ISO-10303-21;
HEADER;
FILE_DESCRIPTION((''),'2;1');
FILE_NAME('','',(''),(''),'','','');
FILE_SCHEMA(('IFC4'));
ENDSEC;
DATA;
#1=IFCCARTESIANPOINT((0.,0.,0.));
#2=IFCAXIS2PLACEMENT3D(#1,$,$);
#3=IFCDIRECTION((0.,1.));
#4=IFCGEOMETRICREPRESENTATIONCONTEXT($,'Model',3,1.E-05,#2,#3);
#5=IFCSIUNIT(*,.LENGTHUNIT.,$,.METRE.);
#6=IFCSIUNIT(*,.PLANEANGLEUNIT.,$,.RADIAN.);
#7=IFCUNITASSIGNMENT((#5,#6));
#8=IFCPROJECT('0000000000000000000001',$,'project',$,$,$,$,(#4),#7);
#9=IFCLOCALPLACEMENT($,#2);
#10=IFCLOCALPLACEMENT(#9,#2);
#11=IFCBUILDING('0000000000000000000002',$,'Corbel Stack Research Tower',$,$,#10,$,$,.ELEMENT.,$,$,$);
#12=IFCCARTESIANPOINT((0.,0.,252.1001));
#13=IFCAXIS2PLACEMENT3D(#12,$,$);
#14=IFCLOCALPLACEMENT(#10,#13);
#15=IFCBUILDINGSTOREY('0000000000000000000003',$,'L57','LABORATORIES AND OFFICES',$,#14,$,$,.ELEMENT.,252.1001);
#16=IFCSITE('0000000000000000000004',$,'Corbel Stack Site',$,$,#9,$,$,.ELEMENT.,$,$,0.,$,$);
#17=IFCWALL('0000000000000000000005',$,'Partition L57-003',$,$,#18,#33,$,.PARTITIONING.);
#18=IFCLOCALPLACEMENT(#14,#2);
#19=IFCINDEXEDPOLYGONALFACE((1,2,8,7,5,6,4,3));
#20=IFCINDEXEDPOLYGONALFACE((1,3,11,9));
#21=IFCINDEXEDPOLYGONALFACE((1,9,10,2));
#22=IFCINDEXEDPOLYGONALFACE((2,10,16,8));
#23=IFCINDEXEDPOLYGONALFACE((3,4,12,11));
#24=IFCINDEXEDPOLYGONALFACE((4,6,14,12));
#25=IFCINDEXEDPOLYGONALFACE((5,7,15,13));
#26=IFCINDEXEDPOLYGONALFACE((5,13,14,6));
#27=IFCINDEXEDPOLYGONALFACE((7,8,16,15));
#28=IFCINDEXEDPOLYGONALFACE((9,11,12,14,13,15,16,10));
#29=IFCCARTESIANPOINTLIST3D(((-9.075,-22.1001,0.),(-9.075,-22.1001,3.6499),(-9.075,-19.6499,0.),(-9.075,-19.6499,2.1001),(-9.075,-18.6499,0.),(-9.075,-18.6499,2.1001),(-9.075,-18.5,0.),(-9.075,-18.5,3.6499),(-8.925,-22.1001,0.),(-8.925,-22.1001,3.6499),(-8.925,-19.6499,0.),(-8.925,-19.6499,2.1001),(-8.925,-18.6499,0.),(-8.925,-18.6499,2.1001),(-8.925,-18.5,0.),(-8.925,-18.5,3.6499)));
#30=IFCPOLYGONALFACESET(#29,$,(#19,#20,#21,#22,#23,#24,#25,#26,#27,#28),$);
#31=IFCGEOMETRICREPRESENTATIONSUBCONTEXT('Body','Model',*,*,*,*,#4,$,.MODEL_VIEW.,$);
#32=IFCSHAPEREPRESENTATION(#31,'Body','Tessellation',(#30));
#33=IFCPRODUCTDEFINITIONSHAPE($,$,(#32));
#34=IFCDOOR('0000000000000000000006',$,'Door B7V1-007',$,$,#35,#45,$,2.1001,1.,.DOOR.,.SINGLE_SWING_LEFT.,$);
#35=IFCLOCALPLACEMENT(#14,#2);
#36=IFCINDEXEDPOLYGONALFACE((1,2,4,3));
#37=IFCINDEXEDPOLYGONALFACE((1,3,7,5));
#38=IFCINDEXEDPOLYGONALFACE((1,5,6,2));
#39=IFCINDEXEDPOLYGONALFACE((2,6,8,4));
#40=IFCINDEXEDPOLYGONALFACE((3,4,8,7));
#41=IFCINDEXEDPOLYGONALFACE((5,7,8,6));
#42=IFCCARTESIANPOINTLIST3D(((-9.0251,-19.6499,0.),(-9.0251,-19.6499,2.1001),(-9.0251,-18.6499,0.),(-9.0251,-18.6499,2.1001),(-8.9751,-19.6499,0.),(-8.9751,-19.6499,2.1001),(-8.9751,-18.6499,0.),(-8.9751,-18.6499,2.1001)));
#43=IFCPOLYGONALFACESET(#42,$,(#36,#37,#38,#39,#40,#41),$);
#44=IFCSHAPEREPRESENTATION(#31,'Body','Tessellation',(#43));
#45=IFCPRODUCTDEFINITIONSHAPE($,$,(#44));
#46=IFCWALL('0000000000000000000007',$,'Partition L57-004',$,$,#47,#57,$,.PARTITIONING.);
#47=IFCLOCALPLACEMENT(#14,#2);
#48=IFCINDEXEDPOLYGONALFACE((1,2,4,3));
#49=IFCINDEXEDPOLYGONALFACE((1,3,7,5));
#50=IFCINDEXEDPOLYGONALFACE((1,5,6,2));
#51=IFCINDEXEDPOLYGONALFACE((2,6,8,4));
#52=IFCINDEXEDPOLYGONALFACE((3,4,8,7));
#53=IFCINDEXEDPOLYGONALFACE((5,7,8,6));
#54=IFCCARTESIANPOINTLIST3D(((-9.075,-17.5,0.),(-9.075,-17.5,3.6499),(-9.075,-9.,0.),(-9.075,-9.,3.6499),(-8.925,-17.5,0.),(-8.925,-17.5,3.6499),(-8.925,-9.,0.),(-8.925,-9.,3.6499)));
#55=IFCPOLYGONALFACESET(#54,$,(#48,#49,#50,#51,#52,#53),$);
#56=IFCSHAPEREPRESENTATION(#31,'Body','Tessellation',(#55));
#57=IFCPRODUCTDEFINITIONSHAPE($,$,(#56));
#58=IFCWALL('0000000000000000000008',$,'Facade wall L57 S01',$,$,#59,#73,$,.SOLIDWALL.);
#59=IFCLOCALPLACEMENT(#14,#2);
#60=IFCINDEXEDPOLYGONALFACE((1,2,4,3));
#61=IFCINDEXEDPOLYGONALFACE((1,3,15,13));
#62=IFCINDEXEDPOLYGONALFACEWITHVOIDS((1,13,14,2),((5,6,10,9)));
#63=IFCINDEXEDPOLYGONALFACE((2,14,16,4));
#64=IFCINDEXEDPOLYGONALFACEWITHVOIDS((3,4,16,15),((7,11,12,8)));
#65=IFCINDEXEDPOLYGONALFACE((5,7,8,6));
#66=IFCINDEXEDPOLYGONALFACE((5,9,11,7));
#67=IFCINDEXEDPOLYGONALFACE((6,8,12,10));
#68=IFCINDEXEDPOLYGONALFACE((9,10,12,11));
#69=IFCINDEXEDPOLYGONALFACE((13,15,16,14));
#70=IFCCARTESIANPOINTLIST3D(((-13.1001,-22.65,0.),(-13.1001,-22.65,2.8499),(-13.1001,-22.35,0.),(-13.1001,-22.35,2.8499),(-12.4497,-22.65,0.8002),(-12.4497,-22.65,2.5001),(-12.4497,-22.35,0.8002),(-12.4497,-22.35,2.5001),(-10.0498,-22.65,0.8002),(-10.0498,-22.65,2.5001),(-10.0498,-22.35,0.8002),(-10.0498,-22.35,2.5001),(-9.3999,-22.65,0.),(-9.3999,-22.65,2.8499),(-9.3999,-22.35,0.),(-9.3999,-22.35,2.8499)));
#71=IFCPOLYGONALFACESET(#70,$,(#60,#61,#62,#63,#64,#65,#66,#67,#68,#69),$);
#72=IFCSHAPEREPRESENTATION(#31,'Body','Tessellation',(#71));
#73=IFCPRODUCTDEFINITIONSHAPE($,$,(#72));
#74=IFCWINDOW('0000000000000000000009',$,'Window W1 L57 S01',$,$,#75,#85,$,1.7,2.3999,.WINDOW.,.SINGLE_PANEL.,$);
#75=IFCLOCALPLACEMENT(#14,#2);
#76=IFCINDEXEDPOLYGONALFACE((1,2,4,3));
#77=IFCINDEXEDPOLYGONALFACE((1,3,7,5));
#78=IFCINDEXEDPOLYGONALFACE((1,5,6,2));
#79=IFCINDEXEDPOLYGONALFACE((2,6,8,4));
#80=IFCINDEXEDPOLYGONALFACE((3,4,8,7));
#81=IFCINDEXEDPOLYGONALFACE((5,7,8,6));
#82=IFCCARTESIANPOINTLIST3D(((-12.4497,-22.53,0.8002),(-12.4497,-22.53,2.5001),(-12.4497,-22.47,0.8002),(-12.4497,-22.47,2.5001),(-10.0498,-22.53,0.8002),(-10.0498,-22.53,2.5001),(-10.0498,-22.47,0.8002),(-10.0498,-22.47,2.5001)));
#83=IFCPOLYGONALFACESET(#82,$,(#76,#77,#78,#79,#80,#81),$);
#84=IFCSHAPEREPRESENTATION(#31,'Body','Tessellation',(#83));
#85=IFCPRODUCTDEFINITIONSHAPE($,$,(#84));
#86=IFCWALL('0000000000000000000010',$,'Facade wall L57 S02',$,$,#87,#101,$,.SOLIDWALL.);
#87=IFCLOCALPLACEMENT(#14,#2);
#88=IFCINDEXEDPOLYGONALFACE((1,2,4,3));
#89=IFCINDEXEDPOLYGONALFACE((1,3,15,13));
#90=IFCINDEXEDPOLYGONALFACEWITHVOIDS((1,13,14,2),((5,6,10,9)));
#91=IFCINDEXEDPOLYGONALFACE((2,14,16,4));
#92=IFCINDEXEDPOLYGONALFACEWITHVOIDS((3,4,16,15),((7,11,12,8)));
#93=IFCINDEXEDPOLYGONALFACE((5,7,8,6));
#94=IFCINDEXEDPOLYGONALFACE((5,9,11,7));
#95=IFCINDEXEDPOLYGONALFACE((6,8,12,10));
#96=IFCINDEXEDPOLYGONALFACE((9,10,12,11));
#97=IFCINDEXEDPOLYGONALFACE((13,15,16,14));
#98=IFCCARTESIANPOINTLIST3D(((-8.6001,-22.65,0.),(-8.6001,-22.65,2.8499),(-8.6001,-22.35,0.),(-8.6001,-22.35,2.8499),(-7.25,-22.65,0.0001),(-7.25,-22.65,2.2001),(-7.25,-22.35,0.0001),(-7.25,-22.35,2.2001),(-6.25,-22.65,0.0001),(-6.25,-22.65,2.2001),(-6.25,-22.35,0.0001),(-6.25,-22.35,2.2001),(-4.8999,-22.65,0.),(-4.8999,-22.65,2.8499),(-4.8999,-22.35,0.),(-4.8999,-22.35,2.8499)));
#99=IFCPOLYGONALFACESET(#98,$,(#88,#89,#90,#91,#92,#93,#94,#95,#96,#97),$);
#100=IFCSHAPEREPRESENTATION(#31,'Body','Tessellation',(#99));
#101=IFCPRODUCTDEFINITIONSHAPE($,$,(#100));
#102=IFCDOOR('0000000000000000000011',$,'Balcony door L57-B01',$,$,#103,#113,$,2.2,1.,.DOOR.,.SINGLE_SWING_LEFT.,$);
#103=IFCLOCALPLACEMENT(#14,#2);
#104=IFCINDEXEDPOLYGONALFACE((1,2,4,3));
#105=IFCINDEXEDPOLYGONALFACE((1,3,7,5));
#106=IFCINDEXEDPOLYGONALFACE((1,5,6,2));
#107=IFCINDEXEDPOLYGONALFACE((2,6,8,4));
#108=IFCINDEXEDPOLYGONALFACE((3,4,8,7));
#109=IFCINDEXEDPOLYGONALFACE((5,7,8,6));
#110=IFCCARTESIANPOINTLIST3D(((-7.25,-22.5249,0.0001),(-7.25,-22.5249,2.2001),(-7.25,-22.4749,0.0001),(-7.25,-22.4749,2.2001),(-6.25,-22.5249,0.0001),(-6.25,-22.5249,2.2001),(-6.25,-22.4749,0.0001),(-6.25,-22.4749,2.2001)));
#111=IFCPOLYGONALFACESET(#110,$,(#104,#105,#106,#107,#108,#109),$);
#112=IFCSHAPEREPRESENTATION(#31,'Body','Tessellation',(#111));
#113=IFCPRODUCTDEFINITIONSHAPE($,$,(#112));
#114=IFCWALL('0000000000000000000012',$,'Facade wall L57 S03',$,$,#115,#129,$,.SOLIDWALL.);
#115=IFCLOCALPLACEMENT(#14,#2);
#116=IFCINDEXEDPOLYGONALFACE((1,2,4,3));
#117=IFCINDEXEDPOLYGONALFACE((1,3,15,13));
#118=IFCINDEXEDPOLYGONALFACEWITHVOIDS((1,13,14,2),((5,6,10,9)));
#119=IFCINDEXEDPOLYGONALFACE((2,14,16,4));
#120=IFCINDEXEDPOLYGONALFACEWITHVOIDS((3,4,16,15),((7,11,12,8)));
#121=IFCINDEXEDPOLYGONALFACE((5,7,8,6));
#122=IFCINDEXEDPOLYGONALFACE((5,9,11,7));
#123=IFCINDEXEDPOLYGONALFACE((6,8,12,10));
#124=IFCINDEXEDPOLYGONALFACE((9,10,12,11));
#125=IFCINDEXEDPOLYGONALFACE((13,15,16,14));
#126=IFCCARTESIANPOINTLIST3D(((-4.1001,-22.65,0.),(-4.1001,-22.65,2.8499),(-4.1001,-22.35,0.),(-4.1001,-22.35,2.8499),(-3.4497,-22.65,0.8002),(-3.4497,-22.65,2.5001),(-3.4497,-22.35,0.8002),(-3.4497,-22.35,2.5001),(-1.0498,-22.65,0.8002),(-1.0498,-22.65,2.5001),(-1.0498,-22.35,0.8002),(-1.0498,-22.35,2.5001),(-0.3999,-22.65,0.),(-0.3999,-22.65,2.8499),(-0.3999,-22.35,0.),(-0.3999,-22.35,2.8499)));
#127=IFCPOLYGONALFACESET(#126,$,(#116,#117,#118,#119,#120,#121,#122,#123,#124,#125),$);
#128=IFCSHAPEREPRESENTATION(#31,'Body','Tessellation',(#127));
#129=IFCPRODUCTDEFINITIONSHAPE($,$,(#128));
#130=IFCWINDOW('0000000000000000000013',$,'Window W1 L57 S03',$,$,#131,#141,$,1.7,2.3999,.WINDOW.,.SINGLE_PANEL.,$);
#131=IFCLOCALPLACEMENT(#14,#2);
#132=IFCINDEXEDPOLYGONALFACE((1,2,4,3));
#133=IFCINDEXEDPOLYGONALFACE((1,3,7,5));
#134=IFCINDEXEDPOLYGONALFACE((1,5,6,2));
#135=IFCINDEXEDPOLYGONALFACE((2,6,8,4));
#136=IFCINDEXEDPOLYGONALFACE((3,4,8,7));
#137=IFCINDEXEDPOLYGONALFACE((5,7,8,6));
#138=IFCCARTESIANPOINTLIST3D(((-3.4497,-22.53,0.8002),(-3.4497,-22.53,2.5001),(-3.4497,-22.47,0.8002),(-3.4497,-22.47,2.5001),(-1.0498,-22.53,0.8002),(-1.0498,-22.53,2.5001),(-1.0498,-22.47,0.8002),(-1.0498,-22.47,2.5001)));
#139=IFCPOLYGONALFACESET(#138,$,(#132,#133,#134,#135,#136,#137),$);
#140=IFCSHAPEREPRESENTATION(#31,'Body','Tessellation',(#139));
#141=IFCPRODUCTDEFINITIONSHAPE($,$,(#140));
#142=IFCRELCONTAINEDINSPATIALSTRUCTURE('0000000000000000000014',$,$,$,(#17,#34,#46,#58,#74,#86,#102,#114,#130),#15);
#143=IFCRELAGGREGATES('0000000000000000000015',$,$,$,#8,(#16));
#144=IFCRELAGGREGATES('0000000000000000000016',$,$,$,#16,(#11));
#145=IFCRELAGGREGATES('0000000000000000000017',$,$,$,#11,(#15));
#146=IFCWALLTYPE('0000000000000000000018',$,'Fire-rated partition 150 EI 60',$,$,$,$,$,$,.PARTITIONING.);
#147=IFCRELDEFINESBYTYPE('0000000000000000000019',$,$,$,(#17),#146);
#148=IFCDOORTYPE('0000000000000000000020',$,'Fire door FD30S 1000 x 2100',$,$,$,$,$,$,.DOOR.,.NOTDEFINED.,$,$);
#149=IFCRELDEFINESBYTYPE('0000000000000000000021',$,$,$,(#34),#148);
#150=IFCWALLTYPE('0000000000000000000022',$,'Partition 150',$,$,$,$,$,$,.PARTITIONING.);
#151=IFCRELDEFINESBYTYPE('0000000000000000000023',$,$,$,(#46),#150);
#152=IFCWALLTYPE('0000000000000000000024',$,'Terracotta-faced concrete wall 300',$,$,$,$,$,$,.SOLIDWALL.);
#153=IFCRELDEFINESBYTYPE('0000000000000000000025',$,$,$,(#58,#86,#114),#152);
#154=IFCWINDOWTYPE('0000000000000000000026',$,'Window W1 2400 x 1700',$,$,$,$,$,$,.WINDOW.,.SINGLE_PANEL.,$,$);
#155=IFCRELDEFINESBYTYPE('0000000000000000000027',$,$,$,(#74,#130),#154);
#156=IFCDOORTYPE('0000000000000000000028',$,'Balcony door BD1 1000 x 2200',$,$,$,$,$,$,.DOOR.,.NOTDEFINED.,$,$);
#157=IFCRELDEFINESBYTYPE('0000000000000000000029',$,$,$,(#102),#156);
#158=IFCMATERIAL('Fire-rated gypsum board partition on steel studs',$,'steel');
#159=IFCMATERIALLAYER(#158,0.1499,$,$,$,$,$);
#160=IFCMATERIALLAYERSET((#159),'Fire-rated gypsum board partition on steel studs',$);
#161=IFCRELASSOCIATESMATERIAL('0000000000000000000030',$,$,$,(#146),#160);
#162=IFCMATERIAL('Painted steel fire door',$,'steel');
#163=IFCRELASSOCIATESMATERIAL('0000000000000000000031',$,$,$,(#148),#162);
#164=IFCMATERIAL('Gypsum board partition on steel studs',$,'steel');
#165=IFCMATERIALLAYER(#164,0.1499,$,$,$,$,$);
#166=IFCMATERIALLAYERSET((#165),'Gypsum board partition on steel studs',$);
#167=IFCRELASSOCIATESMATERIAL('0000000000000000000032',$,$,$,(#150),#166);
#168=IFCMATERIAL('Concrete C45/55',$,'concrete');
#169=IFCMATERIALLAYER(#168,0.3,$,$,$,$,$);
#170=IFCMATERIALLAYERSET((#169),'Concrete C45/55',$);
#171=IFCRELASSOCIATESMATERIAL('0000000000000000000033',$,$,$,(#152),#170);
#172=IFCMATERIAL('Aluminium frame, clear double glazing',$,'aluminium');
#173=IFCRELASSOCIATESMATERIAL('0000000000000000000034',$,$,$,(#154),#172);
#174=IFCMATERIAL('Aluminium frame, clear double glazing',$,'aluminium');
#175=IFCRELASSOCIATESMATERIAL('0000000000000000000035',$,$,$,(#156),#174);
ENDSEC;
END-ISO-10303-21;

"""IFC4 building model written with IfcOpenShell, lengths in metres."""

from ifc_helpers import new_model, si_unit, direction, frame, frame_2d, origin, place, context, subcontext, project, spatial, rectangle, extrude, material, layer, layer_set, type_object, element, fill, save


model = new_model("IFC4")

# Units and contexts
model_context = context("Model", 3, precision=1e-05, world=origin(), true_north=direction((0.0, 1.0)))
body_context = subcontext(model_context, "Body", "Model", "MODEL_VIEW")
ifc_project = project(units=[si_unit("LENGTHUNIT", "METRE"), si_unit("PLANEANGLEUNIT", "RADIAN")], contexts=[model_context])

# Site, building, storey
site_placement = place(None, origin())
site = spatial("IfcSite", under=ifc_project, at=site_placement, Name="Corbel Stack Site", CompositionType="ELEMENT", RefElevation=0.0)
building_placement = place(site_placement, origin())
building = spatial("IfcBuilding", under=site, at=building_placement, Name="Corbel Stack Research Tower", CompositionType="ELEMENT")
storey_placement = place(building_placement, frame((0.0, 0.0, 252.1001)))
storey = spatial("IfcBuildingStorey", under=building, at=storey_placement, Name="L57", Description="LABORATORIES AND OFFICES", CompositionType="ELEMENT", Elevation=252.1001)

# Wall, opening, door
ifc_material_1 = material(Name="Fire-rated gypsum board partition on steel studs", Category="steel")
ifc_layer_1 = layer(ifc_material_1, 0.1499)
ifc_layer_set_1 = layer_set([ifc_layer_1], Name="Fire-rated gypsum board partition on steel studs")
wall_type_1 = type_object("IfcWallType", Name="Fire-rated partition 150 EI 60", PredefinedType="PARTITIONING", material=ifc_layer_set_1)
wall_1_placement = place(storey_placement, frame((-9.0, -18.5, 0.0), z_axis=(0.0, 0.0, 1.0), x_axis=(0.0, -1.0, 0.0)))
wall_1 = element("IfcWall", 1, at=wall_1_placement, inside=storey, type_object=wall_type_1, Name="Partition L57-003", PredefinedType="PARTITIONING", context=body_context, shape_type="SweptSolid", body=[
    extrude(rectangle(XDim=3.6001, YDim=0.1499, at=frame_2d((1.8, 0.0))), origin(), (0.0, 0.0, 1.0), 3.6499),
])
opening_1_placement = place(wall_1_placement, frame((0.1499, 0.0, 0.0)))
opening_1 = element("IfcOpeningElement", 2, at=opening_1_placement, cuts=wall_1, PredefinedType="OPENING", context=body_context, shape_type="SweptSolid", body=[
    extrude(rectangle(XDim=1.0, YDim=2.1001, at=frame_2d((0.5, 1.05))), frame((0.0, 0.085, 0.0), z_axis=(0.0, -1.0, 0.0), x_axis=(1.0, 0.0, 0.0)), (0.0, 0.0, 1.0), 0.1699),
])
ifc_material_2 = material(Name="Painted steel fire door", Category="steel")
door_type_1 = type_object("IfcDoorType", Name="Fire door FD30S 1000 x 2100", OperationType="NOTDEFINED", PredefinedType="DOOR", material=ifc_material_2)
door_1_placement = place(opening_1_placement, origin())
door_1 = element("IfcDoor", 3, at=door_1_placement, inside=storey, type_object=door_type_1, Name="Door B7V1-007", OperationType="SINGLE_SWING_LEFT", OverallHeight=2.1001, OverallWidth=1.0, PredefinedType="DOOR", context=body_context, shape_type="SweptSolid", body=[
    extrude(rectangle(XDim=1.0, YDim=2.1001, at=frame_2d((0.5, 1.05))), frame((0.0, 0.0249, 0.0), z_axis=(0.0, -1.0, 0.0), x_axis=(1.0, 0.0, 0.0)), (0.0, 0.0, 1.0), 0.05),
])
fill(opening_1, door_1)

# Wall
ifc_material_3 = material(Name="Gypsum board partition on steel studs", Category="steel")
ifc_layer_2 = layer(ifc_material_3, 0.1499)
ifc_layer_set_2 = layer_set([ifc_layer_2], Name="Gypsum board partition on steel studs")
wall_type_2 = type_object("IfcWallType", Name="Partition 150", PredefinedType="PARTITIONING", material=ifc_layer_set_2)
wall_2_placement = place(storey_placement, frame((-9.0, -17.5, 0.0), z_axis=(0.0, 0.0, 1.0), x_axis=(0.0, 1.0, 0.0)))
element("IfcWall", 4, at=wall_2_placement, inside=storey, type_object=wall_type_2, Name="Partition L57-004", PredefinedType="PARTITIONING", context=body_context, shape_type="SweptSolid", body=[
    extrude(rectangle(XDim=8.5, YDim=0.1499, at=frame_2d((4.25, 0.0))), origin(), (0.0, 0.0, 1.0), 3.6499),
])

# Wall, opening, window
ifc_material_4 = material(Name="Concrete C45/55", Category="concrete")
ifc_layer_3 = layer(ifc_material_4, 0.3)
ifc_layer_set_3 = layer_set([ifc_layer_3], Name="Concrete C45/55")
wall_type_3 = type_object("IfcWallType", Name="Terracotta-faced concrete wall 300", PredefinedType="SOLIDWALL", material=ifc_layer_set_3)
wall_3_placement = place(storey_placement, frame((-9.3999, -22.5, 0.0), z_axis=(0.0, 0.0, 1.0), x_axis=(-1.0, 0.0, 0.0)))
wall_3 = element("IfcWall", 5, at=wall_3_placement, inside=storey, type_object=wall_type_3, Name="Facade wall L57 S01", PredefinedType="SOLIDWALL", context=body_context, shape_type="SweptSolid", body=[
    extrude(rectangle(XDim=3.7002, YDim=0.3, at=frame_2d((1.8501, 0.0))), origin(), (0.0, 0.0, 1.0), 2.8499),
])
opening_2_placement = place(wall_3_placement, frame((0.6499, 0.0, 0.8)))
opening_2 = element("IfcOpeningElement", 6, at=opening_2_placement, cuts=wall_3, PredefinedType="OPENING", context=body_context, shape_type="SweptSolid", body=[
    extrude(rectangle(XDim=2.3999, YDim=1.7, at=frame_2d((1.2, 0.8501))), frame((0.0, 0.1599, 0.0), z_axis=(0.0, -1.0, 0.0), x_axis=(1.0, 0.0, 0.0)), (0.0, 0.0, 1.0), 0.3201),
])
ifc_material_5 = material(Name="Aluminium frame, clear double glazing", Category="aluminium")
window_type = type_object("IfcWindowType", Name="Window W1 2400 x 1700", PartitioningType="SINGLE_PANEL", PredefinedType="WINDOW", material=ifc_material_5)
window_1_placement = place(opening_2_placement, origin())
window_1 = element("IfcWindow", 7, at=window_1_placement, inside=storey, type_object=window_type, Name="Window W1 L57 S01", OverallHeight=1.7, OverallWidth=2.3999, PartitioningType="SINGLE_PANEL", PredefinedType="WINDOW", context=body_context, shape_type="SweptSolid", body=[
    extrude(rectangle(XDim=2.3999, YDim=1.7, at=frame_2d((1.2, 0.8501))), frame((0.0, 0.03, 0.0), z_axis=(0.0, -1.0, 0.0), x_axis=(1.0, 0.0, 0.0)), (0.0, 0.0, 1.0), 0.0601),
])
fill(opening_2, window_1)

# Wall, opening, door
wall_4_placement = place(storey_placement, frame((-4.8999, -22.5, 0.0), z_axis=(0.0, 0.0, 1.0), x_axis=(-1.0, 0.0, 0.0)))
wall_4 = element("IfcWall", 8, at=wall_4_placement, inside=storey, type_object=wall_type_3, Name="Facade wall L57 S02", PredefinedType="SOLIDWALL", context=body_context, shape_type="SweptSolid", body=[
    extrude(rectangle(XDim=3.7002, YDim=0.3, at=frame_2d((1.8501, 0.0))), origin(), (0.0, 0.0, 1.0), 2.8499),
])
opening_3_placement = place(wall_4_placement, frame((1.3501, 0.0, 0.0)))
opening_3 = element("IfcOpeningElement", 9, at=opening_3_placement, cuts=wall_4, PredefinedType="OPENING", context=body_context, shape_type="SweptSolid", body=[
    extrude(rectangle(XDim=1.0, YDim=2.2, at=frame_2d((0.5, 1.1001))), frame((0.0, 0.1599, 0.0), z_axis=(0.0, -1.0, 0.0), x_axis=(1.0, 0.0, 0.0)), (0.0, 0.0, 1.0), 0.3201),
])
ifc_material_6 = material(Name="Aluminium frame, clear double glazing", Category="aluminium")
door_type_2 = type_object("IfcDoorType", Name="Balcony door BD1 1000 x 2200", OperationType="NOTDEFINED", PredefinedType="DOOR", material=ifc_material_6)
door_2_placement = place(opening_3_placement, origin())
door_2 = element("IfcDoor", 10, at=door_2_placement, inside=storey, type_object=door_type_2, Name="Balcony door L57-B01", OperationType="SINGLE_SWING_LEFT", OverallHeight=2.2, OverallWidth=1.0, PredefinedType="DOOR", context=body_context, shape_type="SweptSolid", body=[
    extrude(rectangle(XDim=1.0, YDim=2.2, at=frame_2d((0.5, 1.1001))), frame((0.0, 0.0249, 0.0), z_axis=(0.0, -1.0, 0.0), x_axis=(1.0, 0.0, 0.0)), (0.0, 0.0, 1.0), 0.05),
])
fill(opening_3, door_2)

# Wall, opening, window
wall_5_placement = place(storey_placement, frame((-0.3999, -22.5, 0.0), z_axis=(0.0, 0.0, 1.0), x_axis=(-1.0, 0.0, 0.0)))
wall_5 = element("IfcWall", 11, at=wall_5_placement, inside=storey, type_object=wall_type_3, Name="Facade wall L57 S03", PredefinedType="SOLIDWALL", context=body_context, shape_type="SweptSolid", body=[
    extrude(rectangle(XDim=3.7002, YDim=0.3, at=frame_2d((1.8501, 0.0))), origin(), (0.0, 0.0, 1.0), 2.8499),
])
opening_4_placement = place(wall_5_placement, frame((0.6499, 0.0, 0.8)))
opening_4 = element("IfcOpeningElement", 12, at=opening_4_placement, cuts=wall_5, PredefinedType="OPENING", context=body_context, shape_type="SweptSolid", body=[
    extrude(rectangle(XDim=2.3999, YDim=1.7, at=frame_2d((1.2, 0.8501))), frame((0.0, 0.1599, 0.0), z_axis=(0.0, -1.0, 0.0), x_axis=(1.0, 0.0, 0.0)), (0.0, 0.0, 1.0), 0.3201),
])
window_2_placement = place(opening_4_placement, origin())
window_2 = element("IfcWindow", 13, at=window_2_placement, inside=storey, type_object=window_type, Name="Window W1 L57 S03", OverallHeight=1.7, OverallWidth=2.3999, PartitioningType="SINGLE_PANEL", PredefinedType="WINDOW", context=body_context, shape_type="SweptSolid", body=[
    extrude(rectangle(XDim=2.3999, YDim=1.7, at=frame_2d((1.2, 0.8501))), frame((0.0, 0.03, 0.0), z_axis=(0.0, -1.0, 0.0), x_axis=(1.0, 0.0, 0.0)), (0.0, 0.0, 1.0), 0.0601),
])
fill(opening_4, window_2)

save(model, "model.ifc")
